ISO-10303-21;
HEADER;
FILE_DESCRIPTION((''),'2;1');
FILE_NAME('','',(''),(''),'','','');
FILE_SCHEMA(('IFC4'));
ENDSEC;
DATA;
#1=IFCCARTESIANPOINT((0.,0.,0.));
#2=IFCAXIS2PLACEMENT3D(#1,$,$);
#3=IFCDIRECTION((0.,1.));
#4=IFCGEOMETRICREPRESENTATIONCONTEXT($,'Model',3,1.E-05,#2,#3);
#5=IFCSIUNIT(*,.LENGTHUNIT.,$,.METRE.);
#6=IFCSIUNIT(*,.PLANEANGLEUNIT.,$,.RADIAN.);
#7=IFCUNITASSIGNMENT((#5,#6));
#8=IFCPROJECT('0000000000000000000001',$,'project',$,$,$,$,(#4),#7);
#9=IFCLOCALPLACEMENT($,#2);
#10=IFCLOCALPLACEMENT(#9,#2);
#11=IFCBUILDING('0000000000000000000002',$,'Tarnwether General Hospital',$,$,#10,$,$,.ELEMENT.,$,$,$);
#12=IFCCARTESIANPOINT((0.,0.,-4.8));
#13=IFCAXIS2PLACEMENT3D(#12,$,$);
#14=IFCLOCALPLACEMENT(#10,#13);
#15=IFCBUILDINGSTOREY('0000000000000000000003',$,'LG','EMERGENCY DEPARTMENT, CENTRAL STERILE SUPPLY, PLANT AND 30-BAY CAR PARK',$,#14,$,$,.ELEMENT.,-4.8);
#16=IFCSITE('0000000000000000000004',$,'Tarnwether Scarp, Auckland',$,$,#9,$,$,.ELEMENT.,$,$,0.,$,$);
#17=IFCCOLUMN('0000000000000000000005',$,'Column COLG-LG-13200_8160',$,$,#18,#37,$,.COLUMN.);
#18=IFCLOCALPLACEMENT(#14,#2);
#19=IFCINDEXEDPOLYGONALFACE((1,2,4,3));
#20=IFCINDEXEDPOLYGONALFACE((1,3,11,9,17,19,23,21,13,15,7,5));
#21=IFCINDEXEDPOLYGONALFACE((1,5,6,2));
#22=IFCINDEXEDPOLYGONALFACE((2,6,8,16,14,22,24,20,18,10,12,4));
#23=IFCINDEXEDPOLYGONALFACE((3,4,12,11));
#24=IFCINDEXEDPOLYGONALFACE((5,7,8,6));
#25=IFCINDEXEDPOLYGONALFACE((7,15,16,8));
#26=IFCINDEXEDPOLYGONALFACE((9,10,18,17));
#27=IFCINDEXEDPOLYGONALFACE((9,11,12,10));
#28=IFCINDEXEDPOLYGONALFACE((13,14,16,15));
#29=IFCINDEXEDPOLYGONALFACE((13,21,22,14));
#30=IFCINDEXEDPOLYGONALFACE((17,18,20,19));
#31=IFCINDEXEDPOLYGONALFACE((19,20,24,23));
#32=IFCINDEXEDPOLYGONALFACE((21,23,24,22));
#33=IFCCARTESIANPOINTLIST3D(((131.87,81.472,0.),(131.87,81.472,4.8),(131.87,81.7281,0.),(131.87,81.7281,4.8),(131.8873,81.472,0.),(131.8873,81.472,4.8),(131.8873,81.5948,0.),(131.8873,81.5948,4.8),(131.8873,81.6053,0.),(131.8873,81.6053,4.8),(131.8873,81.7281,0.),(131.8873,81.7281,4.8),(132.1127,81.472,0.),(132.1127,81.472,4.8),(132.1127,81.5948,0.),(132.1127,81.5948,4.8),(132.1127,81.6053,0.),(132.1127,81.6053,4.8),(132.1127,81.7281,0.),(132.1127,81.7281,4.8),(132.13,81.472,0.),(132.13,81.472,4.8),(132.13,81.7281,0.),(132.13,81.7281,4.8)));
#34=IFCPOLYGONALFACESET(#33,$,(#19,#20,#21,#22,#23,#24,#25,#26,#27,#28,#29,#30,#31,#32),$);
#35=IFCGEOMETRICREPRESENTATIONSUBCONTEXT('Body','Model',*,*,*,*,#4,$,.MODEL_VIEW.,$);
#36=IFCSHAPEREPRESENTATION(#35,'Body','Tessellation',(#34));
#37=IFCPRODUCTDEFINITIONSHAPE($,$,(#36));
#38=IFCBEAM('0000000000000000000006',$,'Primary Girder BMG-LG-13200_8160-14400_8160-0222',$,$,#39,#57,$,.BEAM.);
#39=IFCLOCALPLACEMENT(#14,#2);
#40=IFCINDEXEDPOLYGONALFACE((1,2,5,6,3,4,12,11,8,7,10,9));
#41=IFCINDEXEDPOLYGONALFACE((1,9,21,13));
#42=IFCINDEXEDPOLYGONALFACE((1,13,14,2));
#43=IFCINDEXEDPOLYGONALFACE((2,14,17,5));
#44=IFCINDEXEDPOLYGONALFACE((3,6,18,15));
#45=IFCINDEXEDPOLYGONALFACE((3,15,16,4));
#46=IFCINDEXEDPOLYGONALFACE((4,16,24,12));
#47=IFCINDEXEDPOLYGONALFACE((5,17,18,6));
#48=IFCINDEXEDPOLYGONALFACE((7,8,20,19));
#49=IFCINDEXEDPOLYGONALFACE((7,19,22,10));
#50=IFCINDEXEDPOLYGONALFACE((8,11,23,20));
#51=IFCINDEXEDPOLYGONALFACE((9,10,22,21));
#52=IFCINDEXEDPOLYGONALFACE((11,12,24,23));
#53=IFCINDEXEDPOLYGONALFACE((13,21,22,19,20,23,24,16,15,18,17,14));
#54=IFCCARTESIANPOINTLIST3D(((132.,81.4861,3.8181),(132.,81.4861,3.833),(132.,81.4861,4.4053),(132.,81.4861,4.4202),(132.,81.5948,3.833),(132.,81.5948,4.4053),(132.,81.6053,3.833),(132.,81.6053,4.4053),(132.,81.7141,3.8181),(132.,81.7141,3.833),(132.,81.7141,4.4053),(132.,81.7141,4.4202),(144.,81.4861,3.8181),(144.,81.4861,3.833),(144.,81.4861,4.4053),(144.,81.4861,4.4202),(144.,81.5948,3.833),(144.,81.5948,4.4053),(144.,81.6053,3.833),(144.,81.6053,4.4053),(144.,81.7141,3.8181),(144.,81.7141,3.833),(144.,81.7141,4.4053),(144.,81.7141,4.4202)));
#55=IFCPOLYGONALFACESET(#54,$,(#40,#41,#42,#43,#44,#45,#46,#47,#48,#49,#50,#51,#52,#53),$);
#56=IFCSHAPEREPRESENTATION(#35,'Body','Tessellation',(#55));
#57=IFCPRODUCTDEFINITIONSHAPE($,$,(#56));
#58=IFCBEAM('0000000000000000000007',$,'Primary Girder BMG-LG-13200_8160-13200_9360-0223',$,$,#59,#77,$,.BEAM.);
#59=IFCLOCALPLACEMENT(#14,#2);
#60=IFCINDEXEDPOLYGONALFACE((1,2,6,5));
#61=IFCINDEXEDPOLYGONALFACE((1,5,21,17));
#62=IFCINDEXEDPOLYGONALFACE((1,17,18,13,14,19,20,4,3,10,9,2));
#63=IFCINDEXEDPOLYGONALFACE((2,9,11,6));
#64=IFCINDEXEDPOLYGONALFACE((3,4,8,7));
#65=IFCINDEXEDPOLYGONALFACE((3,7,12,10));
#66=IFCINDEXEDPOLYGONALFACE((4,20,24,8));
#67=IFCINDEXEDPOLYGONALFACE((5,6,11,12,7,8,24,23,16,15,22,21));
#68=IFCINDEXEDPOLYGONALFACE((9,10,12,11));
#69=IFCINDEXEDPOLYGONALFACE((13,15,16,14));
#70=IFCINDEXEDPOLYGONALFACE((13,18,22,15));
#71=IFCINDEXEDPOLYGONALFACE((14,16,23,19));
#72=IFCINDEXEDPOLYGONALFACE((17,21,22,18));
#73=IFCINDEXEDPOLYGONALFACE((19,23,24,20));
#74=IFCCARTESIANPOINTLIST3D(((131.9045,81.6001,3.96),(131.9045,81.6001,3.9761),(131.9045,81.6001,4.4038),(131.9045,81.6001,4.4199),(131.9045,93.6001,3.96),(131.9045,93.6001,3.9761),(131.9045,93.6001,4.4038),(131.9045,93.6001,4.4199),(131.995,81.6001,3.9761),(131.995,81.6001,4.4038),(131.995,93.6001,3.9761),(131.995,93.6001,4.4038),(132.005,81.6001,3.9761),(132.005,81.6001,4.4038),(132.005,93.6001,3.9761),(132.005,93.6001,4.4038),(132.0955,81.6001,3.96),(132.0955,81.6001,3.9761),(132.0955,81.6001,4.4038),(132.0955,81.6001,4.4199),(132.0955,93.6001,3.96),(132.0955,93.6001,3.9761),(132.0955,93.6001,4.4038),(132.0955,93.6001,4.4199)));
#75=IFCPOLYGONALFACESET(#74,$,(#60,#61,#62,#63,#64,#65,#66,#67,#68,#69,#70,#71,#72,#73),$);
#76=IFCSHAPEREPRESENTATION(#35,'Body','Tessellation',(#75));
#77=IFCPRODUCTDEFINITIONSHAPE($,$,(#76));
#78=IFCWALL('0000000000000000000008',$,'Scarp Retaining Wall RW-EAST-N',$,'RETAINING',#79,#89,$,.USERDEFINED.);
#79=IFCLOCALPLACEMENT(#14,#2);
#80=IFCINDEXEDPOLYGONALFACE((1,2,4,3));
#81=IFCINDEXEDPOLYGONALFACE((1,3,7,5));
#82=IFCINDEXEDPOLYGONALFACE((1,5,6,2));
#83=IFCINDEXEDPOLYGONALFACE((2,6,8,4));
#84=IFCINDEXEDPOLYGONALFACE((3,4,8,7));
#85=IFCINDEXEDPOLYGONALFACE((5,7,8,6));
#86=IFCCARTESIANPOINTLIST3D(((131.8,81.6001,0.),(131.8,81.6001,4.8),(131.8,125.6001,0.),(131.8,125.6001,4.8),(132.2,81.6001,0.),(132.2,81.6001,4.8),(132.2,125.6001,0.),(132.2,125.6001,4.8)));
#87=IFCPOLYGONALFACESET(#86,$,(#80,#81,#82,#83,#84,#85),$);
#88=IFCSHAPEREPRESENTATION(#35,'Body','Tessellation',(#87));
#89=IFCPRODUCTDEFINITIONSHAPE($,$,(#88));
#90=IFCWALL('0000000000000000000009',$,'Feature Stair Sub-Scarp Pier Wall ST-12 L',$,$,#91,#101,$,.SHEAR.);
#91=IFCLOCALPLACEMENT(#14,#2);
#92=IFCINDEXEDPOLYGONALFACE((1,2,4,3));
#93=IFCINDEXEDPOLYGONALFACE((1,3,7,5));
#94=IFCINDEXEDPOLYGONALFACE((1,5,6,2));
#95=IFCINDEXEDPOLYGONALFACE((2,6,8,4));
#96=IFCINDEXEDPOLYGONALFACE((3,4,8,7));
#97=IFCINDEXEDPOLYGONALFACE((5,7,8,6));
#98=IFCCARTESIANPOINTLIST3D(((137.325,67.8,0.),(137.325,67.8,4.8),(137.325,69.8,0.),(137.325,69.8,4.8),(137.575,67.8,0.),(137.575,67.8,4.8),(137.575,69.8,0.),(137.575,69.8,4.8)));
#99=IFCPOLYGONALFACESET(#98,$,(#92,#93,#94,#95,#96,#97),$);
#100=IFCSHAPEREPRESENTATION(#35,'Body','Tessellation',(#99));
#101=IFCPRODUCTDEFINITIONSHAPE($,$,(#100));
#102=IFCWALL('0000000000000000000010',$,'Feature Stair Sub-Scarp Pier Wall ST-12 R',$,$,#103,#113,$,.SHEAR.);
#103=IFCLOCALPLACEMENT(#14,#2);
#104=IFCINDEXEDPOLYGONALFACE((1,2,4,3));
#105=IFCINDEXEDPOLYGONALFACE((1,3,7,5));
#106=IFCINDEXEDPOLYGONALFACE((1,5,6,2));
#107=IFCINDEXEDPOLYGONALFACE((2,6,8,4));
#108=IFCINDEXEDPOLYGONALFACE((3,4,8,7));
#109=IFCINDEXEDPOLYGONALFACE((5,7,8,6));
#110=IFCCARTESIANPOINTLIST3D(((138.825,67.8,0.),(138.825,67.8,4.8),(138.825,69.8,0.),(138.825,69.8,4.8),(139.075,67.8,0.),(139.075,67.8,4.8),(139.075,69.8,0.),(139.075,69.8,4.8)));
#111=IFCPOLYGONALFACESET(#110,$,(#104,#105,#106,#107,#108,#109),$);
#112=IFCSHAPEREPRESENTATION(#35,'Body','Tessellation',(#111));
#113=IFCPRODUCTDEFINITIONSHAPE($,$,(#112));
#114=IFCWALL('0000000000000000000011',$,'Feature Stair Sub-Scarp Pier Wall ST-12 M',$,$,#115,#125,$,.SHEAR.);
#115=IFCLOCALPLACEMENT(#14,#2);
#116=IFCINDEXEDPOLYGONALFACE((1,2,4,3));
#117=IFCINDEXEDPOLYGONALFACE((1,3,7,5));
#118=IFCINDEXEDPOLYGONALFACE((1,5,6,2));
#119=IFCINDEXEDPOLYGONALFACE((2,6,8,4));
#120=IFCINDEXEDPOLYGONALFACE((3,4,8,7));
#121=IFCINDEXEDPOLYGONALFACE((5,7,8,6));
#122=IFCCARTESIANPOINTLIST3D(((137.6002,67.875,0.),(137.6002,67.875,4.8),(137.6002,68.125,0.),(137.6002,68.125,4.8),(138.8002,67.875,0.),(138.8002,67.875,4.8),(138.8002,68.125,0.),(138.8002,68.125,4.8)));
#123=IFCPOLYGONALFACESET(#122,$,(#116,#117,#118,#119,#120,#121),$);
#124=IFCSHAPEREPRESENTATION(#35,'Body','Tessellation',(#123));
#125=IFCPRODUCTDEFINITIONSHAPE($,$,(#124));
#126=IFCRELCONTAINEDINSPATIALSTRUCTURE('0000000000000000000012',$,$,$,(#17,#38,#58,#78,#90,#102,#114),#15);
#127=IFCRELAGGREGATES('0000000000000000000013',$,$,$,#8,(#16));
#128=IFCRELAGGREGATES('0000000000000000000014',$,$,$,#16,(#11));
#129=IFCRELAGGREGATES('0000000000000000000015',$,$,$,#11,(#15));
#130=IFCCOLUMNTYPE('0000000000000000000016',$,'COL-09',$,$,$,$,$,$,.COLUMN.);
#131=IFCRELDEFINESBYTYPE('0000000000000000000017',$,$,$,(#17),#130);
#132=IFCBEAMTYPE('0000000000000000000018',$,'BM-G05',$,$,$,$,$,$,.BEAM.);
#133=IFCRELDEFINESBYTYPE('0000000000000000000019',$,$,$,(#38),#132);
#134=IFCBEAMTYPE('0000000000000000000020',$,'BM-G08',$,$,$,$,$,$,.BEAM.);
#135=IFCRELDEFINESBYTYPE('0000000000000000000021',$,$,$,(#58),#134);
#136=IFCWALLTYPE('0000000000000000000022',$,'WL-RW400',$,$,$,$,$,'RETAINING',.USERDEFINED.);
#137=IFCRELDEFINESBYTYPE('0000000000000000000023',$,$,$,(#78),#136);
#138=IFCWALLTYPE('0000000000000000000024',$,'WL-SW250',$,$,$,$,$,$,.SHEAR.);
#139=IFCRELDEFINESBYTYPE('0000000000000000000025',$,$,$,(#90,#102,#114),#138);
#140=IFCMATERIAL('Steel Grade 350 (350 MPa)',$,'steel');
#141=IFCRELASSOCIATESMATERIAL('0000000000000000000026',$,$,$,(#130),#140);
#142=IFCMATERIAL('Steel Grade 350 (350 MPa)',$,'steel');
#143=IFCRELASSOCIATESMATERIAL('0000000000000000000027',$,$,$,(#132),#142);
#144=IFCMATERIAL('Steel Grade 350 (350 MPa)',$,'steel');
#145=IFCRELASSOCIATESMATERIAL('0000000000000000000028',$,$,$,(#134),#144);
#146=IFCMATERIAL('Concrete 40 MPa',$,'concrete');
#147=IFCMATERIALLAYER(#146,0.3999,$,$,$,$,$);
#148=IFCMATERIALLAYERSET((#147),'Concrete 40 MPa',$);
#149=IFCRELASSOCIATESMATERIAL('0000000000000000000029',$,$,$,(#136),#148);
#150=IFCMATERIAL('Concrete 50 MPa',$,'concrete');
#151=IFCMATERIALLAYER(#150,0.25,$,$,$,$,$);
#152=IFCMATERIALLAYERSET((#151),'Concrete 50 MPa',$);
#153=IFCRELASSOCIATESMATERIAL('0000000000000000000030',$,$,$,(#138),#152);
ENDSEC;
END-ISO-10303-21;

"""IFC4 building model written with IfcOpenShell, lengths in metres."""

from ifc_helpers import new_model, si_unit, direction, frame, frame_2d, origin, origin_2d, place, context, subcontext, project, spatial, rectangle, i_section, extrude, material, layer, layer_set, material_profile, profile_set, type_object, element, save


model = new_model("IFC4")

# Units and contexts
model_context = context("Model", 3, precision=1e-05, world=origin(), true_north=direction((0.0, 1.0)))
body_context = subcontext(model_context, "Body", "Model", "MODEL_VIEW")
ifc_project = project(units=[si_unit("LENGTHUNIT", "METRE"), si_unit("PLANEANGLEUNIT", "RADIAN")], contexts=[model_context])

# Site, building, storey
site_placement = place(None, origin())
site = spatial("IfcSite", under=ifc_project, at=site_placement, Name="Tarnwether Scarp, Auckland", CompositionType="ELEMENT", RefElevation=0.0)
building_placement = place(site_placement, origin())
building = spatial("IfcBuilding", under=site, at=building_placement, Name="Tarnwether General Hospital", CompositionType="ELEMENT")
storey_placement = place(building_placement, frame((0.0, 0.0, -4.8)))
storey = spatial("IfcBuildingStorey", under=building, at=storey_placement, Name="LG", Description="EMERGENCY DEPARTMENT, CENTRAL STERILE SUPPLY, PLANT AND 30-BAY CAR PARK", CompositionType="ELEMENT", Elevation=-4.8)

# Column
ifc_material_1 = material(Name="Steel Grade 350 (350 MPa)", Category="steel")
ifc_material_profile_1 = material_profile(ifc_material_1, i_section(OverallWidth=0.2561, OverallDepth=0.26, WebThickness=0.0105, FlangeThickness=0.0173, at=origin_2d()), Name="250UC89.5")
ifc_profile_set_1 = profile_set([ifc_material_profile_1], Name="Steel Grade 350 (350 MPa)")
column_type = type_object("IfcColumnType", Name="COL-09", PredefinedType="COLUMN", material=ifc_profile_set_1)
column_placement = place(storey_placement, frame((132.0, 81.6001, 0.0), z_axis=(0.0, 0.0, 1.0), x_axis=(0.0, 1.0, 0.0)))
element("IfcColumn", 1, at=column_placement, inside=storey, type_object=column_type, Name="Column COLG-LG-13200_8160", PredefinedType="COLUMN", context=body_context, shape_type="SweptSolid", body=[
    extrude(i_section(OverallWidth=0.2561, OverallDepth=0.26, WebThickness=0.0105, FlangeThickness=0.0173, at=origin_2d()), origin(), (0.0, 0.0, 1.0), 4.8),
])

# Beams
ifc_material_2 = material(Name="Steel Grade 350 (350 MPa)", Category="steel")
ifc_material_profile_2 = material_profile(ifc_material_2, i_section(OverallWidth=0.228, OverallDepth=0.6021, WebThickness=0.0105, FlangeThickness=0.0149, at=origin_2d()), Name="610UB101")
ifc_profile_set_2 = profile_set([ifc_material_profile_2], Name="Steel Grade 350 (350 MPa)")
beam_type_1 = type_object("IfcBeamType", Name="BM-G05", PredefinedType="BEAM", material=ifc_profile_set_2)
beam_1_placement = place(storey_placement, frame((132.0, 81.6001, 4.1191), z_axis=(1.0, 0.0, 0.0), x_axis=(0.0, 1.0, 0.0)))
element("IfcBeam", 2, at=beam_1_placement, inside=storey, type_object=beam_type_1, Name="Primary Girder BMG-LG-13200_8160-14400_8160-0222", PredefinedType="BEAM", context=body_context, shape_type="SweptSolid", body=[
    extrude(i_section(OverallWidth=0.228, OverallDepth=0.6021, WebThickness=0.0105, FlangeThickness=0.0149, at=origin_2d()), origin(), (0.0, 0.0, 1.0), 12.0),
])
ifc_material_3 = material(Name="Steel Grade 350 (350 MPa)", Category="steel")
ifc_material_profile_3 = material_profile(ifc_material_3, i_section(OverallWidth=0.1909, OverallDepth=0.46, WebThickness=0.01, FlangeThickness=0.0161, at=origin_2d()), Name="460UB82.1")
ifc_profile_set_3 = profile_set([ifc_material_profile_3], Name="Steel Grade 350 (350 MPa)")
beam_type_2 = type_object("IfcBeamType", Name="BM-G08", PredefinedType="BEAM", material=ifc_profile_set_3)
beam_2_placement = place(storey_placement, frame((132.0, 81.6001, 4.1899), z_axis=(0.0, 1.0, 0.0), x_axis=(-1.0, 0.0, 0.0)))
element("IfcBeam", 3, at=beam_2_placement, inside=storey, type_object=beam_type_2, Name="Primary Girder BMG-LG-13200_8160-13200_9360-0223", PredefinedType="BEAM", context=body_context, shape_type="SweptSolid", body=[
    extrude(i_section(OverallWidth=0.1909, OverallDepth=0.46, WebThickness=0.01, FlangeThickness=0.0161, at=origin_2d()), origin(), (0.0, 0.0, 1.0), 12.0),
])

# Walls
ifc_material_4 = material(Name="Concrete 40 MPa", Category="concrete")
ifc_layer_1 = layer(ifc_material_4, 0.3999)
ifc_layer_set_1 = layer_set([ifc_layer_1], Name="Concrete 40 MPa")
wall_type_1 = type_object("IfcWallType", Name="WL-RW400", ElementType="RETAINING", PredefinedType="USERDEFINED", material=ifc_layer_set_1)
wall_1_placement = place(storey_placement, frame((132.0, 81.6001, 0.0), z_axis=(0.0, 0.0, 1.0), x_axis=(0.0, 1.0, 0.0)))
element("IfcWall", 4, at=wall_1_placement, inside=storey, type_object=wall_type_1, Name="Scarp Retaining Wall RW-EAST-N", ObjectType="RETAINING", PredefinedType="USERDEFINED", context=body_context, shape_type="SweptSolid", body=[
    extrude(rectangle(XDim=44.0, YDim=0.3999, at=frame_2d((22.0, 0.0))), origin(), (0.0, 0.0, 1.0), 4.8),
])
ifc_material_5 = material(Name="Concrete 50 MPa", Category="concrete")
ifc_layer_2 = layer(ifc_material_5, 0.25)
ifc_layer_set_2 = layer_set([ifc_layer_2], Name="Concrete 50 MPa")
wall_type_2 = type_object("IfcWallType", Name="WL-SW250", PredefinedType="SHEAR", material=ifc_layer_set_2)
for number, where, z_axis, x_axis, name in (
    (5, (137.45, 69.8, 0.0), (0.0, 0.0, 1.0), (0.0, -1.0, 0.0), "Feature Stair Sub-Scarp Pier Wall ST-12 L"),
    (6, (138.95, 69.8, 0.0), (0.0, 0.0, 1.0), (0.0, -1.0, 0.0), "Feature Stair Sub-Scarp Pier Wall ST-12 R"),
):
    element("IfcWall", number, at=place(storey_placement, frame(where, z_axis=z_axis, x_axis=x_axis)), inside=storey, type_object=wall_type_2, Name=name, PredefinedType="SHEAR", context=body_context, shape_type="SweptSolid", body=[
        extrude(rectangle(XDim=2.0, YDim=0.25, at=frame_2d((1.0, 0.0))), origin(), (0.0, 0.0, 1.0), 4.8),
    ])
wall_2_placement = place(storey_placement, frame((137.6001, 68.0, 0.0), z_axis=(0.0, 0.0, 1.0), x_axis=(1.0, 0.0, 0.0)))
element("IfcWall", 7, at=wall_2_placement, inside=storey, type_object=wall_type_2, Name="Feature Stair Sub-Scarp Pier Wall ST-12 M", PredefinedType="SHEAR", context=body_context, shape_type="SweptSolid", body=[
    extrude(rectangle(XDim=1.2, YDim=0.25, at=frame_2d((0.6001, 0.0))), origin(), (0.0, 0.0, 1.0), 4.8),
])

save(model, "model.ifc")
